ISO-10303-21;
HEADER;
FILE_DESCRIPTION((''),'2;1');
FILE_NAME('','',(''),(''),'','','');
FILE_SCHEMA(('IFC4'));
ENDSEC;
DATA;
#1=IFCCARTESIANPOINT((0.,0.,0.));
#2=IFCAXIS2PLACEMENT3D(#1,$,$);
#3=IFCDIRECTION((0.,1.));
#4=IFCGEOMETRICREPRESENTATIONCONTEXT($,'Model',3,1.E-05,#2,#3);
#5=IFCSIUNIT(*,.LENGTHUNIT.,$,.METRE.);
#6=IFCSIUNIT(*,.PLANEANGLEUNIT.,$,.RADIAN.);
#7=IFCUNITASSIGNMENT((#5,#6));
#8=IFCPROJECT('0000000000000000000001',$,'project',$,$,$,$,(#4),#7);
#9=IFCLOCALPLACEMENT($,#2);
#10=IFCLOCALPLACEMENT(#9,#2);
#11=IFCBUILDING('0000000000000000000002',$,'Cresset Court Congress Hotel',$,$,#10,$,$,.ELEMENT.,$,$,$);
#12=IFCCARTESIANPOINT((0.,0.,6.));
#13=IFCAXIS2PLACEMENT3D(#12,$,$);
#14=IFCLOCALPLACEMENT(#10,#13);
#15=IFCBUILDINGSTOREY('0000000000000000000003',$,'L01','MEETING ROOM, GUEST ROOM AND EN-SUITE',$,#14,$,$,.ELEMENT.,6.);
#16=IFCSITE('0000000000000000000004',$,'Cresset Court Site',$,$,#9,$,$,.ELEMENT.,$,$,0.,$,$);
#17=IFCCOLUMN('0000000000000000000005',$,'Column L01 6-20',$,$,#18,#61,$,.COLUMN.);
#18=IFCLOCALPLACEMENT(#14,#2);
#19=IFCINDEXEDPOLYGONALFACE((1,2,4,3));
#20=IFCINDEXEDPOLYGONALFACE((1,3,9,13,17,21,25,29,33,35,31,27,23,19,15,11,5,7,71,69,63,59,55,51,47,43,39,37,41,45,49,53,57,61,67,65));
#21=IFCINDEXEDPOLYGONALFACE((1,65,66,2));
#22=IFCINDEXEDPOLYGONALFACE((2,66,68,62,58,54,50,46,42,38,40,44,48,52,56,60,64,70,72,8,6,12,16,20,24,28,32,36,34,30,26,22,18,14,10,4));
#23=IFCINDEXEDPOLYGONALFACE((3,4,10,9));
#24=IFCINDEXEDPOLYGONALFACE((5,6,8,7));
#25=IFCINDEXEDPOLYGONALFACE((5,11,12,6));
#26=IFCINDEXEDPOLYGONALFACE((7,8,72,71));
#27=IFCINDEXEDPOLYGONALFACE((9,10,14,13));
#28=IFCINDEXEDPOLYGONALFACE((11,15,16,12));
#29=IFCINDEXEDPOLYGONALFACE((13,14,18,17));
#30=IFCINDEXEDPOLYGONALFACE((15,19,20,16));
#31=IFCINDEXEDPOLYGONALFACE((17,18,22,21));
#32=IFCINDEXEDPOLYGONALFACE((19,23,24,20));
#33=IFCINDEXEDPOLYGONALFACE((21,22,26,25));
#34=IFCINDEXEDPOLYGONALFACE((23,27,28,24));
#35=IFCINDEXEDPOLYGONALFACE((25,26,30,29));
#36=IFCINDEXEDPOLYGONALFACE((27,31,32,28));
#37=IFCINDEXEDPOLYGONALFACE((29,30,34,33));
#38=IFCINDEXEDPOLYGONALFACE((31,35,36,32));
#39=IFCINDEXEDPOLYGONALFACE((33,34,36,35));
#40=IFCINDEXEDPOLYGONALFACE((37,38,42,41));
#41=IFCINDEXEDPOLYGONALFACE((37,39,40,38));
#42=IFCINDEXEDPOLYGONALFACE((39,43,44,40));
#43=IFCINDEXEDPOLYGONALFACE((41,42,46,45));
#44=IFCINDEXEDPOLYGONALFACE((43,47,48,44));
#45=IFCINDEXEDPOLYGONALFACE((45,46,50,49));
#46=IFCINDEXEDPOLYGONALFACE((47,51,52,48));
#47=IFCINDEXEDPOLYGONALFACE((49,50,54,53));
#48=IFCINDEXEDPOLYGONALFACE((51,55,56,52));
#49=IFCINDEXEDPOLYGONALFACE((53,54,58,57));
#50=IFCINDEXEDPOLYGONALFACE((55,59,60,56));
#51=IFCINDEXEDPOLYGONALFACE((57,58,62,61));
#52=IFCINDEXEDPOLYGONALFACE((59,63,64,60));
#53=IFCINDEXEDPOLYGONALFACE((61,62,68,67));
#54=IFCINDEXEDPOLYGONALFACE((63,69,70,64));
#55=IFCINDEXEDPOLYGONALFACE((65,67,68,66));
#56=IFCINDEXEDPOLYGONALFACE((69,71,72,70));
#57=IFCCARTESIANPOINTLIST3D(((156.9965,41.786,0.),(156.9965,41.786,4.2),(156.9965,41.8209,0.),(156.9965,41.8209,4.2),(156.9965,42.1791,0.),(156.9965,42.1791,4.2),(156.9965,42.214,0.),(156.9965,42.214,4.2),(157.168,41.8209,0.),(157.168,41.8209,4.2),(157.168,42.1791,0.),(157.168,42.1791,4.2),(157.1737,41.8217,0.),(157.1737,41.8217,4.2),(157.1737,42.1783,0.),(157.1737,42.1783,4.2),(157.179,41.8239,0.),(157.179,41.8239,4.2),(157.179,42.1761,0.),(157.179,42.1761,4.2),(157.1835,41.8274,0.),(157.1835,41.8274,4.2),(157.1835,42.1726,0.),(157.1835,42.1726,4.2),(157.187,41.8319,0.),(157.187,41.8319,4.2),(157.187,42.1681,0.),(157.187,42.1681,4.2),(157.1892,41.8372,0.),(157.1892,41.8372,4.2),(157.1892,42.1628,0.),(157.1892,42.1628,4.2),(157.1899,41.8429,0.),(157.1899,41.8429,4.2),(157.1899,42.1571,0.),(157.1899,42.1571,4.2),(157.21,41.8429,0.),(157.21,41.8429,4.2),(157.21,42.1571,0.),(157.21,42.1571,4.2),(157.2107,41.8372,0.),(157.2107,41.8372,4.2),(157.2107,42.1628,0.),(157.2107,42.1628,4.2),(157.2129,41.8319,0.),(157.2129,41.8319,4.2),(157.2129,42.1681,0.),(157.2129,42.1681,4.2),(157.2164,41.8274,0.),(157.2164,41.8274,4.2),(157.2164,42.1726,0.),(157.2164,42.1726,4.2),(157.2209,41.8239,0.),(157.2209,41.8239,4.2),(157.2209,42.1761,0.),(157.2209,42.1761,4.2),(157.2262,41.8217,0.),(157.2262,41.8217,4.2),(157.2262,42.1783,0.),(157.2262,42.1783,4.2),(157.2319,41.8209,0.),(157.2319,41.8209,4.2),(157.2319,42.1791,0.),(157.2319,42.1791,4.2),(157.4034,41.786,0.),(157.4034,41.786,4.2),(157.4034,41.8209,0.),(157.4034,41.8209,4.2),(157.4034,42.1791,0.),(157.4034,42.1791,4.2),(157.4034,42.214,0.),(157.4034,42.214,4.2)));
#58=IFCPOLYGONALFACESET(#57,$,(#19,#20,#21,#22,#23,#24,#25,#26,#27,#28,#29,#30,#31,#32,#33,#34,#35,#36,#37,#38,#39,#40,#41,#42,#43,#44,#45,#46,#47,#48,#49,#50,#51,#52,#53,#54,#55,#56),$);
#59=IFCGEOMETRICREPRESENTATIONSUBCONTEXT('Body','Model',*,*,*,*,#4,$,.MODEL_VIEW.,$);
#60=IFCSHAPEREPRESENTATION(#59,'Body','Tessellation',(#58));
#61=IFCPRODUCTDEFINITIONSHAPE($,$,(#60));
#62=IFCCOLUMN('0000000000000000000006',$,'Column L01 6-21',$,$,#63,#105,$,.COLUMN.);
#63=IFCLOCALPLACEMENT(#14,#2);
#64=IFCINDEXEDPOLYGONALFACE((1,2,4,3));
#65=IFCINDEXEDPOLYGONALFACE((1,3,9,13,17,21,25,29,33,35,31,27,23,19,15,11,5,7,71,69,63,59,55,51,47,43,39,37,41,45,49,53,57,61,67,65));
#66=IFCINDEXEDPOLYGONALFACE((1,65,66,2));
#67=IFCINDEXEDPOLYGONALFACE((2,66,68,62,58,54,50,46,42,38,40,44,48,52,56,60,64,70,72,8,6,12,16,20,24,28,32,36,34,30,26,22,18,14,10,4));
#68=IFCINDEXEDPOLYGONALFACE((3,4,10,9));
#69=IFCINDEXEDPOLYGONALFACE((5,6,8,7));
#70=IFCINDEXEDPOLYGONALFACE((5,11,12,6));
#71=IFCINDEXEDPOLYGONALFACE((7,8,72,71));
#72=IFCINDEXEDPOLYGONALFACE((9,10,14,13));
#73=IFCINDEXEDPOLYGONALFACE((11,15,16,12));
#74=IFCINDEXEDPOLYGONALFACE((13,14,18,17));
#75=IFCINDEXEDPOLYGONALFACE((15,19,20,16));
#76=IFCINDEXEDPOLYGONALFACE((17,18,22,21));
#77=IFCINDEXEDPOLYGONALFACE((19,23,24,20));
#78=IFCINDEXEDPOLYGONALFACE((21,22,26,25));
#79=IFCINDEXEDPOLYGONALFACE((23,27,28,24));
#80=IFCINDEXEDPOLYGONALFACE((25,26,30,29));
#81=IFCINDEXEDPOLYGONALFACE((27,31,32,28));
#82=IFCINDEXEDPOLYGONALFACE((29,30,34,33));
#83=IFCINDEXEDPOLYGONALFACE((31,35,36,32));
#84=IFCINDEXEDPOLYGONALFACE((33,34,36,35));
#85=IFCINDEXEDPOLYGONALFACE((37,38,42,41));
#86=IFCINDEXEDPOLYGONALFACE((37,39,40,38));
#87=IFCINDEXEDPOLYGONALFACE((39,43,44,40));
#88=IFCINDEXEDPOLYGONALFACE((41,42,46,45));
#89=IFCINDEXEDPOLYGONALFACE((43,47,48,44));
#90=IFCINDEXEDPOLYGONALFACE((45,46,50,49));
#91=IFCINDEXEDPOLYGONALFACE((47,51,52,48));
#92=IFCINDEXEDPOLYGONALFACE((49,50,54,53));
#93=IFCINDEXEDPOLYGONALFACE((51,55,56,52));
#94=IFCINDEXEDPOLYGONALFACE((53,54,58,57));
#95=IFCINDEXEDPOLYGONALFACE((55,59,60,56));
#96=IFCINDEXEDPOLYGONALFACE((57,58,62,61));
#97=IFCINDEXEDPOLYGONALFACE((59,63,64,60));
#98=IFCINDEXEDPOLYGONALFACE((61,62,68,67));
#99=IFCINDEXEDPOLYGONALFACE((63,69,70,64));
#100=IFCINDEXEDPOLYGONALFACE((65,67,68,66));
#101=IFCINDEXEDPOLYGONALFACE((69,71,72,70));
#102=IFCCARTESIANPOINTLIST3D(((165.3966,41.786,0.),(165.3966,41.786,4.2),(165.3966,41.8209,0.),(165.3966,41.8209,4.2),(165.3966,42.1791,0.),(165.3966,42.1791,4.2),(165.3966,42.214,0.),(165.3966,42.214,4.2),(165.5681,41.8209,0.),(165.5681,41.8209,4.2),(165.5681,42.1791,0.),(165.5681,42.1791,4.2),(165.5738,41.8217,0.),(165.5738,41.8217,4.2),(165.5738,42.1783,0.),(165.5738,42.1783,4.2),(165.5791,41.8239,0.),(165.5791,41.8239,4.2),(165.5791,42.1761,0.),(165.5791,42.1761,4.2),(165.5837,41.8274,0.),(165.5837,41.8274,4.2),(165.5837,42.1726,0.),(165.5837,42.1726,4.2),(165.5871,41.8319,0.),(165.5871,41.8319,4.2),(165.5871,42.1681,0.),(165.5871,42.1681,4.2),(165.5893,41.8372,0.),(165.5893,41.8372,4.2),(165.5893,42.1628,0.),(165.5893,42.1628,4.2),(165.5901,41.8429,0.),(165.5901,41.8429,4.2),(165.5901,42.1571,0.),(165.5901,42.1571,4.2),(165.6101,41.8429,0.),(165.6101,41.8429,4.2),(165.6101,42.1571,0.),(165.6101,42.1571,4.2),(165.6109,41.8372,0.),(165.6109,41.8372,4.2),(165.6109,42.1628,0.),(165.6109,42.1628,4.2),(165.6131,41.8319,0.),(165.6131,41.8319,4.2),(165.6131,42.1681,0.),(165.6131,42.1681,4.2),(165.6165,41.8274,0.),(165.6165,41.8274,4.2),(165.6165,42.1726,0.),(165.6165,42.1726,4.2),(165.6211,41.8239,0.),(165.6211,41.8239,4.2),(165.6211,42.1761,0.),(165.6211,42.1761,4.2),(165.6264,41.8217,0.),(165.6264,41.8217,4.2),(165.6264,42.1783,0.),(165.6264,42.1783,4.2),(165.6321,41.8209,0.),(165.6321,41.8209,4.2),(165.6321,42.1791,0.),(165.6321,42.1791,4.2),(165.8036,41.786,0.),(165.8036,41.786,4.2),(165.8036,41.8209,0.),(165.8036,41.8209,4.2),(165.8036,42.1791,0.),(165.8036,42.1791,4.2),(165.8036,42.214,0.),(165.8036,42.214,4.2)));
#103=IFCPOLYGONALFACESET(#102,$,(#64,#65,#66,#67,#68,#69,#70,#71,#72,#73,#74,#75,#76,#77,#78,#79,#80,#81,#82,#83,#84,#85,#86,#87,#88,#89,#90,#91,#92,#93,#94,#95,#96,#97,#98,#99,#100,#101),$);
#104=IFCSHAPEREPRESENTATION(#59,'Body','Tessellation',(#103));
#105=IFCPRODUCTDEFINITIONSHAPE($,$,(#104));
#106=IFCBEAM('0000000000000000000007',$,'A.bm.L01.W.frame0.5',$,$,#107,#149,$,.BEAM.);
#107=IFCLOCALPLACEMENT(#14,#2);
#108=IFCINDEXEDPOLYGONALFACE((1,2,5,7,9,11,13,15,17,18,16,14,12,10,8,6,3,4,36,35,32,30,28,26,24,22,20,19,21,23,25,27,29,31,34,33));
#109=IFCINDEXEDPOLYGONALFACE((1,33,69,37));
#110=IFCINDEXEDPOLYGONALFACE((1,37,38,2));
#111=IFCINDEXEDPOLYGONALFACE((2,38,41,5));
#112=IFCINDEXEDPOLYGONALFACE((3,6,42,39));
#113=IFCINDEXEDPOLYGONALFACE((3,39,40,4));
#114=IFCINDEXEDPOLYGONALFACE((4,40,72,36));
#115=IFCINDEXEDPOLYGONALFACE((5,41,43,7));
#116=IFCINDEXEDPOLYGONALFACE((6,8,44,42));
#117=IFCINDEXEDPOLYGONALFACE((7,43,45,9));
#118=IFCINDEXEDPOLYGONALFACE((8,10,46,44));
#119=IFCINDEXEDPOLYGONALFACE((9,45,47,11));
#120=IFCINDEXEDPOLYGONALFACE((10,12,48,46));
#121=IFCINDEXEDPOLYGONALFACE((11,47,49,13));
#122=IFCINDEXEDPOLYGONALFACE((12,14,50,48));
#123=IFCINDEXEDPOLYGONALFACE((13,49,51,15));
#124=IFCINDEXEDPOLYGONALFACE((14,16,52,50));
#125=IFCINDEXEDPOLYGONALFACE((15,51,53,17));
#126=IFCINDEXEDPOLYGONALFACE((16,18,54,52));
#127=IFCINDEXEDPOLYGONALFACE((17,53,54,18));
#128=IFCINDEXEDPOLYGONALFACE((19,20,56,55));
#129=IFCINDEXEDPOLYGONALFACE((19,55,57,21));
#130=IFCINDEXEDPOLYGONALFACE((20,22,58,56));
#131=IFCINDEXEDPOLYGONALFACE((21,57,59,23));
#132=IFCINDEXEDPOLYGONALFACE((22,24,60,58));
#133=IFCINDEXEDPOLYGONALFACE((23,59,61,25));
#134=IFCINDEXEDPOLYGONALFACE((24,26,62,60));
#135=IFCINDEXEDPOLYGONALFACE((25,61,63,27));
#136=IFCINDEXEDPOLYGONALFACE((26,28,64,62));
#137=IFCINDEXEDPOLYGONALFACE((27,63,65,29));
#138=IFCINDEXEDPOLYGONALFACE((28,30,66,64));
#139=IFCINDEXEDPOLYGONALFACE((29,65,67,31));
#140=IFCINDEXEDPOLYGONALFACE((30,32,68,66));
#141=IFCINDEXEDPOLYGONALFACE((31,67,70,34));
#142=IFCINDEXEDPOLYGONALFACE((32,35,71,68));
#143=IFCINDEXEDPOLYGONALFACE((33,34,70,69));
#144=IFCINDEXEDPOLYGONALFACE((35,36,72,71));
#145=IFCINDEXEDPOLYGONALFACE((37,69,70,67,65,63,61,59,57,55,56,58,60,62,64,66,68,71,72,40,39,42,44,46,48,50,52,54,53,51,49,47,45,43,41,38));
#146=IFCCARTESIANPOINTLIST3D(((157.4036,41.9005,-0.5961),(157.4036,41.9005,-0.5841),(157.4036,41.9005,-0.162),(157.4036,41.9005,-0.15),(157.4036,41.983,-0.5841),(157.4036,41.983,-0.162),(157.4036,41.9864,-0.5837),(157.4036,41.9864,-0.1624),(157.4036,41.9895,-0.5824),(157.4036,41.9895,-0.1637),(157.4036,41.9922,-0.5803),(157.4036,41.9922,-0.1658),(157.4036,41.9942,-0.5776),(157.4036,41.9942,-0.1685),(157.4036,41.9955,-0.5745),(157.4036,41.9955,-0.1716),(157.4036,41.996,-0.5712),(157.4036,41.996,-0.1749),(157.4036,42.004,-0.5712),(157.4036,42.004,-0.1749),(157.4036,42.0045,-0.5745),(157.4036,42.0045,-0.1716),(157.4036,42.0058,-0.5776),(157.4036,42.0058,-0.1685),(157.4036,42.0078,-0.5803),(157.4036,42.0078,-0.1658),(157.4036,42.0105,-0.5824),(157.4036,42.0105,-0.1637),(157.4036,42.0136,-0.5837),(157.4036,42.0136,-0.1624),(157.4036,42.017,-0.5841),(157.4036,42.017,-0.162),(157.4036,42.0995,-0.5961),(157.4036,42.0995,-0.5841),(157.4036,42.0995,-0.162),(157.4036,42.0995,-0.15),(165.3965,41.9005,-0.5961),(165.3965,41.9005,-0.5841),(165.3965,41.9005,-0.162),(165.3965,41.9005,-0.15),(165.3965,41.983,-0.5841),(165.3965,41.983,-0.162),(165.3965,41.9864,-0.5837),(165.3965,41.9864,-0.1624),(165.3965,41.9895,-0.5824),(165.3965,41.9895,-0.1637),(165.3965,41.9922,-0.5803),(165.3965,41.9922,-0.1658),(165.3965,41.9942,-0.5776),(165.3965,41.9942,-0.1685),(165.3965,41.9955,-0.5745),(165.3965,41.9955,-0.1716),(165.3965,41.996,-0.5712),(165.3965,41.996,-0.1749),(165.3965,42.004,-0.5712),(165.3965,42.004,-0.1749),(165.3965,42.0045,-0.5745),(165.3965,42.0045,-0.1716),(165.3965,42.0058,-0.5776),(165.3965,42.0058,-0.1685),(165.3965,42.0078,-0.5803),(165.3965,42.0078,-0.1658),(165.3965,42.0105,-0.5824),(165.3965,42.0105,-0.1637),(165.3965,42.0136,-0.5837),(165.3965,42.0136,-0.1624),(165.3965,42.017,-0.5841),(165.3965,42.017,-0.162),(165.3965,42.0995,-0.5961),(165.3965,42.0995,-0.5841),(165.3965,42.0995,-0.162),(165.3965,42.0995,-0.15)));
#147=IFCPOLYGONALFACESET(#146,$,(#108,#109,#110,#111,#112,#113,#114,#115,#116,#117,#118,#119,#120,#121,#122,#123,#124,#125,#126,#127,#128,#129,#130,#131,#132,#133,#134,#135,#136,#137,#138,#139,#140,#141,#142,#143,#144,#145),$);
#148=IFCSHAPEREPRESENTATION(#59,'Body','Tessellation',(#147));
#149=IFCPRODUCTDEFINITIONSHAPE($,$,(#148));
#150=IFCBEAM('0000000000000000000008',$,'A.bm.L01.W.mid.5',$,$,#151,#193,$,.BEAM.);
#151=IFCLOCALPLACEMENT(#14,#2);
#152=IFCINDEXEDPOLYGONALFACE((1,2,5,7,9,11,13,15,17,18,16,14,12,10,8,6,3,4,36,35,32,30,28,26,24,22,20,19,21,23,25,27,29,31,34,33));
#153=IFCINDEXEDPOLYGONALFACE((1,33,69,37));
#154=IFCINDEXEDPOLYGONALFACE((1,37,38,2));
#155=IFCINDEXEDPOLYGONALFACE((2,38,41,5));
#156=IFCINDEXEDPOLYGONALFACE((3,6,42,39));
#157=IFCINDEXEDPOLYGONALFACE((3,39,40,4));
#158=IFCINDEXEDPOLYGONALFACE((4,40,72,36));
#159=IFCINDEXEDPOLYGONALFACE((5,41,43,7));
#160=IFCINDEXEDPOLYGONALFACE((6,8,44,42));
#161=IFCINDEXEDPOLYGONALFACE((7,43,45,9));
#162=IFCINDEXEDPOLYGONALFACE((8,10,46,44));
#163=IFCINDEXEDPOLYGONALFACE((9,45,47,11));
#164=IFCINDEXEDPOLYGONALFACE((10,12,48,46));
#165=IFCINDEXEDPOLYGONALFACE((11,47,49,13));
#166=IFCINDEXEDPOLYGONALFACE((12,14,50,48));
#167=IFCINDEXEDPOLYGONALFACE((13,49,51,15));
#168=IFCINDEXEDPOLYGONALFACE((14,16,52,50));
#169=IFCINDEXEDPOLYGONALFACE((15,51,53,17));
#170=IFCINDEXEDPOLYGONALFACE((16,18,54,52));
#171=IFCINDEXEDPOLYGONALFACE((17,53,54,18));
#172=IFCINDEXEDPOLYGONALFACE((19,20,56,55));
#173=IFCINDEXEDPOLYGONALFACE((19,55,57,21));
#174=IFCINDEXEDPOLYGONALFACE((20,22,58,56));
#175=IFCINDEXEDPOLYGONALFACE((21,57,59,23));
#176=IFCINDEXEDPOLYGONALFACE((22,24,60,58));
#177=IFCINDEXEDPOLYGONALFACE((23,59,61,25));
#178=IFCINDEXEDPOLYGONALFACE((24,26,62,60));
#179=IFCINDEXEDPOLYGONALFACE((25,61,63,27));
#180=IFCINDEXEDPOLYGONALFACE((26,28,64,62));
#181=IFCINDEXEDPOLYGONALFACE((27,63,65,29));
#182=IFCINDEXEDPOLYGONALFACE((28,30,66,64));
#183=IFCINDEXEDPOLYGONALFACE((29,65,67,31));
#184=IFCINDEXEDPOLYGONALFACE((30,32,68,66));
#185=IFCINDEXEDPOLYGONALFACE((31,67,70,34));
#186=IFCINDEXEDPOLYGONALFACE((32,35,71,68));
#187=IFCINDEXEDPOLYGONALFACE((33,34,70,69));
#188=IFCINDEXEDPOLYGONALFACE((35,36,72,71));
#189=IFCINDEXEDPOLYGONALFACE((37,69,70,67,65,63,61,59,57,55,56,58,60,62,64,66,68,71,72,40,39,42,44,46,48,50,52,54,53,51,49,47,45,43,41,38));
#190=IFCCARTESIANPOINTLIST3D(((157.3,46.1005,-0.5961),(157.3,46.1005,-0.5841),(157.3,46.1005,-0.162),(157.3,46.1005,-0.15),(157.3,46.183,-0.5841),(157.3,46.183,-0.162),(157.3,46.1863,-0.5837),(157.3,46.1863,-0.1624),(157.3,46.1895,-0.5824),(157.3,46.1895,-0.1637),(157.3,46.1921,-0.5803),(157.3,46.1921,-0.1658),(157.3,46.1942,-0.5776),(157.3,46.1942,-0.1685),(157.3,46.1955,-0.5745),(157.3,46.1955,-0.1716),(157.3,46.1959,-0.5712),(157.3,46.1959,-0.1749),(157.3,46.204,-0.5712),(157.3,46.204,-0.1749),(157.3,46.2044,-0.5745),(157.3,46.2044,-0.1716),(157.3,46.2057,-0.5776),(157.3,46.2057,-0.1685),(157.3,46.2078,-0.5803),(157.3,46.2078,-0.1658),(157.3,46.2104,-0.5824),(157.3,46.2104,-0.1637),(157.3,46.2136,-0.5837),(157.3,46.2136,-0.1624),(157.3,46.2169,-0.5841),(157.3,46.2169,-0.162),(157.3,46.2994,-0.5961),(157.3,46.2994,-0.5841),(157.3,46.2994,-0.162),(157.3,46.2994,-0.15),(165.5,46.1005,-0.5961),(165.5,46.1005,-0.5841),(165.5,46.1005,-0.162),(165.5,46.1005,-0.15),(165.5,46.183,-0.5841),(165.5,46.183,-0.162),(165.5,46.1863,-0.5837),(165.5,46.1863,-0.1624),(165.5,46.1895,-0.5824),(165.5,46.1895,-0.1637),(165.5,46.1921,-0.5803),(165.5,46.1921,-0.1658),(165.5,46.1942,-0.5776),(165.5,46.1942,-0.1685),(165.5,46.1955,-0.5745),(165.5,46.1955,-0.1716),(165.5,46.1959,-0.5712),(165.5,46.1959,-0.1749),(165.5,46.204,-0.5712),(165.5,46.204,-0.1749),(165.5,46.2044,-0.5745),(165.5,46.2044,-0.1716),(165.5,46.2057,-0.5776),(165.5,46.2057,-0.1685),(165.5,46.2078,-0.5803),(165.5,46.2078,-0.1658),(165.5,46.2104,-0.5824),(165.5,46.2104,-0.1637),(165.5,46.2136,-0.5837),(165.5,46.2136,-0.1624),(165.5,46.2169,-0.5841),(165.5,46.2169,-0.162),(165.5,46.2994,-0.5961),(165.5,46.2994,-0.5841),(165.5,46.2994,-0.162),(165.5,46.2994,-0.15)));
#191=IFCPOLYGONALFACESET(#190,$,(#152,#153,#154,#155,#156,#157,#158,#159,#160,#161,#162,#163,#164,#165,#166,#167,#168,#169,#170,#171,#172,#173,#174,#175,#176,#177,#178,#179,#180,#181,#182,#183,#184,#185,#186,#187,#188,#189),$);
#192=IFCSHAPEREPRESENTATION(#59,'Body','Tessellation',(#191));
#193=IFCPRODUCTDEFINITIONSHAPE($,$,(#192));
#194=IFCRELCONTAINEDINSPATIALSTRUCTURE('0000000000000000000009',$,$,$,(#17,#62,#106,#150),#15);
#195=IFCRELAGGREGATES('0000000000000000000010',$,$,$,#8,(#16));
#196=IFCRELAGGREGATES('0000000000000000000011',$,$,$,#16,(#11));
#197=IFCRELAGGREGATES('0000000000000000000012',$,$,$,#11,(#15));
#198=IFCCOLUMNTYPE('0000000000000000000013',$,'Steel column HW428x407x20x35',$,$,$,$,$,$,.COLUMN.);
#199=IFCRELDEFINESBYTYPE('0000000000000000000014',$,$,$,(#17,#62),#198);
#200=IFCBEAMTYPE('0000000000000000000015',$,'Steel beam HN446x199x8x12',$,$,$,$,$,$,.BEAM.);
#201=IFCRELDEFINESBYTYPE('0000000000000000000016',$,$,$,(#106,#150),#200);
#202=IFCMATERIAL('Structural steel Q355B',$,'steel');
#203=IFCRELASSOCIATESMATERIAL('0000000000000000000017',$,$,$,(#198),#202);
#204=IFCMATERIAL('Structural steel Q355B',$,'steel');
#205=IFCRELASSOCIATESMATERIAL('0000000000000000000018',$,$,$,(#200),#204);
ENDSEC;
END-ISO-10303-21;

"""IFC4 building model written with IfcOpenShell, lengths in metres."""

from ifc_helpers import new_model, si_unit, direction, frame, origin, origin_2d, place, context, subcontext, project, spatial, i_section, extrude, material, material_profile, profile_set, type_object, element, save


model = new_model("IFC4")

# Units and contexts
model_context = context("Model", 3, precision=1e-05, world=origin(), true_north=direction((0.0, 1.0)))
body_context = subcontext(model_context, "Body", "Model", "MODEL_VIEW")
ifc_project = project(units=[si_unit("LENGTHUNIT", "METRE"), si_unit("PLANEANGLEUNIT", "RADIAN")], contexts=[model_context])

# Site, building, storey
site_placement = place(None, origin())
site = spatial("IfcSite", under=ifc_project, at=site_placement, Name="Cresset Court Site", CompositionType="ELEMENT", RefElevation=0.0)
building_placement = place(site_placement, origin())
building = spatial("IfcBuilding", under=site, at=building_placement, Name="Cresset Court Congress Hotel", CompositionType="ELEMENT")
storey_placement = place(building_placement, frame((0.0, 0.0, 6.0)))
storey = spatial("IfcBuildingStorey", under=building, at=storey_placement, Name="L01", Description="MEETING ROOM, GUEST ROOM AND EN-SUITE", CompositionType="ELEMENT", Elevation=6.0)

# Columns
ifc_material_1 = material(Name="Structural steel Q355B", Category="steel")
ifc_material_profile_1 = material_profile(ifc_material_1, i_section(OverallWidth=0.407, OverallDepth=0.428, WebThickness=0.02, FlangeThickness=0.0349, FilletRadius=0.022, at=origin_2d()), Name="HW428x407x20x35")
ifc_profile_set_1 = profile_set([ifc_material_profile_1], Name="Structural steel Q355B")
column_type = type_object("IfcColumnType", Name="Steel column HW428x407x20x35", PredefinedType="COLUMN", material=ifc_profile_set_1)
for number, where, z_axis, x_axis, name in (
    (1, (157.2, 42.0, 0.0), (0.0, 0.0, 1.0), (1.0, 0.0, 0.0), "Column L01 6-20"),
    (2, (165.6001, 42.0, 0.0), (0.0, 0.0, 1.0), (1.0, 0.0, 0.0), "Column L01 6-21"),
):
    element("IfcColumn", number, at=place(storey_placement, frame(where, z_axis=z_axis, x_axis=x_axis)), inside=storey, type_object=column_type, Name=name, PredefinedType="COLUMN", context=body_context, shape_type="SweptSolid", body=[
        extrude(i_section(OverallWidth=0.407, OverallDepth=0.428, WebThickness=0.02, FlangeThickness=0.0349, FilletRadius=0.022, at=origin_2d()), origin(), (0.0, 0.0, 1.0), 4.2),
    ])

# Beams
ifc_material_2 = material(Name="Structural steel Q355B", Category="steel")
ifc_material_profile_2 = material_profile(ifc_material_2, i_section(OverallWidth=0.199, OverallDepth=0.446, WebThickness=0.0081, FlangeThickness=0.012, FilletRadius=0.0129, at=origin_2d()), Name="HN446x199x8x12")
ifc_profile_set_2 = profile_set([ifc_material_profile_2], Name="Structural steel Q355B")
beam_type_1 = type_object("IfcBeamType", Name="Steel beam HN446x199x8x12", PredefinedType="BEAM", material=ifc_profile_set_2)
beam_1_placement = place(storey_placement, frame((157.4036, 42.0, -0.373), z_axis=(1.0, 0.0, 0.0), x_axis=(0.0, 1.0, 0.0)))
element("IfcBeam", 3, at=beam_1_placement, inside=storey, type_object=beam_type_1, Name="A.bm.L01.W.frame0.5", PredefinedType="BEAM", context=body_context, shape_type="SweptSolid", body=[
    extrude(i_section(OverallWidth=0.199, OverallDepth=0.446, WebThickness=0.0081, FlangeThickness=0.012, FilletRadius=0.0129, at=origin_2d()), origin(), (0.0, 0.0, 1.0), 7.9929),
])
for number, where, z_axis, x_axis, name in (
    (4, (157.3, 46.2, -0.373), (1.0, 0.0, 0.0), (0.0, 1.0, 0.0), "A.bm.L01.W.mid.5"),
):
    element("IfcBeam", number, at=place(storey_placement, frame(where, z_axis=z_axis, x_axis=x_axis)), inside=storey, type_object=beam_type_1, Name=name, PredefinedType="BEAM", context=body_context, shape_type="SweptSolid", body=[
        extrude(i_section(OverallWidth=0.199, OverallDepth=0.446, WebThickness=0.0081, FlangeThickness=0.012, FilletRadius=0.0129, at=origin_2d()), origin(), (0.0, 0.0, 1.0), 8.2),
    ])

save(model, "model.ifc")
